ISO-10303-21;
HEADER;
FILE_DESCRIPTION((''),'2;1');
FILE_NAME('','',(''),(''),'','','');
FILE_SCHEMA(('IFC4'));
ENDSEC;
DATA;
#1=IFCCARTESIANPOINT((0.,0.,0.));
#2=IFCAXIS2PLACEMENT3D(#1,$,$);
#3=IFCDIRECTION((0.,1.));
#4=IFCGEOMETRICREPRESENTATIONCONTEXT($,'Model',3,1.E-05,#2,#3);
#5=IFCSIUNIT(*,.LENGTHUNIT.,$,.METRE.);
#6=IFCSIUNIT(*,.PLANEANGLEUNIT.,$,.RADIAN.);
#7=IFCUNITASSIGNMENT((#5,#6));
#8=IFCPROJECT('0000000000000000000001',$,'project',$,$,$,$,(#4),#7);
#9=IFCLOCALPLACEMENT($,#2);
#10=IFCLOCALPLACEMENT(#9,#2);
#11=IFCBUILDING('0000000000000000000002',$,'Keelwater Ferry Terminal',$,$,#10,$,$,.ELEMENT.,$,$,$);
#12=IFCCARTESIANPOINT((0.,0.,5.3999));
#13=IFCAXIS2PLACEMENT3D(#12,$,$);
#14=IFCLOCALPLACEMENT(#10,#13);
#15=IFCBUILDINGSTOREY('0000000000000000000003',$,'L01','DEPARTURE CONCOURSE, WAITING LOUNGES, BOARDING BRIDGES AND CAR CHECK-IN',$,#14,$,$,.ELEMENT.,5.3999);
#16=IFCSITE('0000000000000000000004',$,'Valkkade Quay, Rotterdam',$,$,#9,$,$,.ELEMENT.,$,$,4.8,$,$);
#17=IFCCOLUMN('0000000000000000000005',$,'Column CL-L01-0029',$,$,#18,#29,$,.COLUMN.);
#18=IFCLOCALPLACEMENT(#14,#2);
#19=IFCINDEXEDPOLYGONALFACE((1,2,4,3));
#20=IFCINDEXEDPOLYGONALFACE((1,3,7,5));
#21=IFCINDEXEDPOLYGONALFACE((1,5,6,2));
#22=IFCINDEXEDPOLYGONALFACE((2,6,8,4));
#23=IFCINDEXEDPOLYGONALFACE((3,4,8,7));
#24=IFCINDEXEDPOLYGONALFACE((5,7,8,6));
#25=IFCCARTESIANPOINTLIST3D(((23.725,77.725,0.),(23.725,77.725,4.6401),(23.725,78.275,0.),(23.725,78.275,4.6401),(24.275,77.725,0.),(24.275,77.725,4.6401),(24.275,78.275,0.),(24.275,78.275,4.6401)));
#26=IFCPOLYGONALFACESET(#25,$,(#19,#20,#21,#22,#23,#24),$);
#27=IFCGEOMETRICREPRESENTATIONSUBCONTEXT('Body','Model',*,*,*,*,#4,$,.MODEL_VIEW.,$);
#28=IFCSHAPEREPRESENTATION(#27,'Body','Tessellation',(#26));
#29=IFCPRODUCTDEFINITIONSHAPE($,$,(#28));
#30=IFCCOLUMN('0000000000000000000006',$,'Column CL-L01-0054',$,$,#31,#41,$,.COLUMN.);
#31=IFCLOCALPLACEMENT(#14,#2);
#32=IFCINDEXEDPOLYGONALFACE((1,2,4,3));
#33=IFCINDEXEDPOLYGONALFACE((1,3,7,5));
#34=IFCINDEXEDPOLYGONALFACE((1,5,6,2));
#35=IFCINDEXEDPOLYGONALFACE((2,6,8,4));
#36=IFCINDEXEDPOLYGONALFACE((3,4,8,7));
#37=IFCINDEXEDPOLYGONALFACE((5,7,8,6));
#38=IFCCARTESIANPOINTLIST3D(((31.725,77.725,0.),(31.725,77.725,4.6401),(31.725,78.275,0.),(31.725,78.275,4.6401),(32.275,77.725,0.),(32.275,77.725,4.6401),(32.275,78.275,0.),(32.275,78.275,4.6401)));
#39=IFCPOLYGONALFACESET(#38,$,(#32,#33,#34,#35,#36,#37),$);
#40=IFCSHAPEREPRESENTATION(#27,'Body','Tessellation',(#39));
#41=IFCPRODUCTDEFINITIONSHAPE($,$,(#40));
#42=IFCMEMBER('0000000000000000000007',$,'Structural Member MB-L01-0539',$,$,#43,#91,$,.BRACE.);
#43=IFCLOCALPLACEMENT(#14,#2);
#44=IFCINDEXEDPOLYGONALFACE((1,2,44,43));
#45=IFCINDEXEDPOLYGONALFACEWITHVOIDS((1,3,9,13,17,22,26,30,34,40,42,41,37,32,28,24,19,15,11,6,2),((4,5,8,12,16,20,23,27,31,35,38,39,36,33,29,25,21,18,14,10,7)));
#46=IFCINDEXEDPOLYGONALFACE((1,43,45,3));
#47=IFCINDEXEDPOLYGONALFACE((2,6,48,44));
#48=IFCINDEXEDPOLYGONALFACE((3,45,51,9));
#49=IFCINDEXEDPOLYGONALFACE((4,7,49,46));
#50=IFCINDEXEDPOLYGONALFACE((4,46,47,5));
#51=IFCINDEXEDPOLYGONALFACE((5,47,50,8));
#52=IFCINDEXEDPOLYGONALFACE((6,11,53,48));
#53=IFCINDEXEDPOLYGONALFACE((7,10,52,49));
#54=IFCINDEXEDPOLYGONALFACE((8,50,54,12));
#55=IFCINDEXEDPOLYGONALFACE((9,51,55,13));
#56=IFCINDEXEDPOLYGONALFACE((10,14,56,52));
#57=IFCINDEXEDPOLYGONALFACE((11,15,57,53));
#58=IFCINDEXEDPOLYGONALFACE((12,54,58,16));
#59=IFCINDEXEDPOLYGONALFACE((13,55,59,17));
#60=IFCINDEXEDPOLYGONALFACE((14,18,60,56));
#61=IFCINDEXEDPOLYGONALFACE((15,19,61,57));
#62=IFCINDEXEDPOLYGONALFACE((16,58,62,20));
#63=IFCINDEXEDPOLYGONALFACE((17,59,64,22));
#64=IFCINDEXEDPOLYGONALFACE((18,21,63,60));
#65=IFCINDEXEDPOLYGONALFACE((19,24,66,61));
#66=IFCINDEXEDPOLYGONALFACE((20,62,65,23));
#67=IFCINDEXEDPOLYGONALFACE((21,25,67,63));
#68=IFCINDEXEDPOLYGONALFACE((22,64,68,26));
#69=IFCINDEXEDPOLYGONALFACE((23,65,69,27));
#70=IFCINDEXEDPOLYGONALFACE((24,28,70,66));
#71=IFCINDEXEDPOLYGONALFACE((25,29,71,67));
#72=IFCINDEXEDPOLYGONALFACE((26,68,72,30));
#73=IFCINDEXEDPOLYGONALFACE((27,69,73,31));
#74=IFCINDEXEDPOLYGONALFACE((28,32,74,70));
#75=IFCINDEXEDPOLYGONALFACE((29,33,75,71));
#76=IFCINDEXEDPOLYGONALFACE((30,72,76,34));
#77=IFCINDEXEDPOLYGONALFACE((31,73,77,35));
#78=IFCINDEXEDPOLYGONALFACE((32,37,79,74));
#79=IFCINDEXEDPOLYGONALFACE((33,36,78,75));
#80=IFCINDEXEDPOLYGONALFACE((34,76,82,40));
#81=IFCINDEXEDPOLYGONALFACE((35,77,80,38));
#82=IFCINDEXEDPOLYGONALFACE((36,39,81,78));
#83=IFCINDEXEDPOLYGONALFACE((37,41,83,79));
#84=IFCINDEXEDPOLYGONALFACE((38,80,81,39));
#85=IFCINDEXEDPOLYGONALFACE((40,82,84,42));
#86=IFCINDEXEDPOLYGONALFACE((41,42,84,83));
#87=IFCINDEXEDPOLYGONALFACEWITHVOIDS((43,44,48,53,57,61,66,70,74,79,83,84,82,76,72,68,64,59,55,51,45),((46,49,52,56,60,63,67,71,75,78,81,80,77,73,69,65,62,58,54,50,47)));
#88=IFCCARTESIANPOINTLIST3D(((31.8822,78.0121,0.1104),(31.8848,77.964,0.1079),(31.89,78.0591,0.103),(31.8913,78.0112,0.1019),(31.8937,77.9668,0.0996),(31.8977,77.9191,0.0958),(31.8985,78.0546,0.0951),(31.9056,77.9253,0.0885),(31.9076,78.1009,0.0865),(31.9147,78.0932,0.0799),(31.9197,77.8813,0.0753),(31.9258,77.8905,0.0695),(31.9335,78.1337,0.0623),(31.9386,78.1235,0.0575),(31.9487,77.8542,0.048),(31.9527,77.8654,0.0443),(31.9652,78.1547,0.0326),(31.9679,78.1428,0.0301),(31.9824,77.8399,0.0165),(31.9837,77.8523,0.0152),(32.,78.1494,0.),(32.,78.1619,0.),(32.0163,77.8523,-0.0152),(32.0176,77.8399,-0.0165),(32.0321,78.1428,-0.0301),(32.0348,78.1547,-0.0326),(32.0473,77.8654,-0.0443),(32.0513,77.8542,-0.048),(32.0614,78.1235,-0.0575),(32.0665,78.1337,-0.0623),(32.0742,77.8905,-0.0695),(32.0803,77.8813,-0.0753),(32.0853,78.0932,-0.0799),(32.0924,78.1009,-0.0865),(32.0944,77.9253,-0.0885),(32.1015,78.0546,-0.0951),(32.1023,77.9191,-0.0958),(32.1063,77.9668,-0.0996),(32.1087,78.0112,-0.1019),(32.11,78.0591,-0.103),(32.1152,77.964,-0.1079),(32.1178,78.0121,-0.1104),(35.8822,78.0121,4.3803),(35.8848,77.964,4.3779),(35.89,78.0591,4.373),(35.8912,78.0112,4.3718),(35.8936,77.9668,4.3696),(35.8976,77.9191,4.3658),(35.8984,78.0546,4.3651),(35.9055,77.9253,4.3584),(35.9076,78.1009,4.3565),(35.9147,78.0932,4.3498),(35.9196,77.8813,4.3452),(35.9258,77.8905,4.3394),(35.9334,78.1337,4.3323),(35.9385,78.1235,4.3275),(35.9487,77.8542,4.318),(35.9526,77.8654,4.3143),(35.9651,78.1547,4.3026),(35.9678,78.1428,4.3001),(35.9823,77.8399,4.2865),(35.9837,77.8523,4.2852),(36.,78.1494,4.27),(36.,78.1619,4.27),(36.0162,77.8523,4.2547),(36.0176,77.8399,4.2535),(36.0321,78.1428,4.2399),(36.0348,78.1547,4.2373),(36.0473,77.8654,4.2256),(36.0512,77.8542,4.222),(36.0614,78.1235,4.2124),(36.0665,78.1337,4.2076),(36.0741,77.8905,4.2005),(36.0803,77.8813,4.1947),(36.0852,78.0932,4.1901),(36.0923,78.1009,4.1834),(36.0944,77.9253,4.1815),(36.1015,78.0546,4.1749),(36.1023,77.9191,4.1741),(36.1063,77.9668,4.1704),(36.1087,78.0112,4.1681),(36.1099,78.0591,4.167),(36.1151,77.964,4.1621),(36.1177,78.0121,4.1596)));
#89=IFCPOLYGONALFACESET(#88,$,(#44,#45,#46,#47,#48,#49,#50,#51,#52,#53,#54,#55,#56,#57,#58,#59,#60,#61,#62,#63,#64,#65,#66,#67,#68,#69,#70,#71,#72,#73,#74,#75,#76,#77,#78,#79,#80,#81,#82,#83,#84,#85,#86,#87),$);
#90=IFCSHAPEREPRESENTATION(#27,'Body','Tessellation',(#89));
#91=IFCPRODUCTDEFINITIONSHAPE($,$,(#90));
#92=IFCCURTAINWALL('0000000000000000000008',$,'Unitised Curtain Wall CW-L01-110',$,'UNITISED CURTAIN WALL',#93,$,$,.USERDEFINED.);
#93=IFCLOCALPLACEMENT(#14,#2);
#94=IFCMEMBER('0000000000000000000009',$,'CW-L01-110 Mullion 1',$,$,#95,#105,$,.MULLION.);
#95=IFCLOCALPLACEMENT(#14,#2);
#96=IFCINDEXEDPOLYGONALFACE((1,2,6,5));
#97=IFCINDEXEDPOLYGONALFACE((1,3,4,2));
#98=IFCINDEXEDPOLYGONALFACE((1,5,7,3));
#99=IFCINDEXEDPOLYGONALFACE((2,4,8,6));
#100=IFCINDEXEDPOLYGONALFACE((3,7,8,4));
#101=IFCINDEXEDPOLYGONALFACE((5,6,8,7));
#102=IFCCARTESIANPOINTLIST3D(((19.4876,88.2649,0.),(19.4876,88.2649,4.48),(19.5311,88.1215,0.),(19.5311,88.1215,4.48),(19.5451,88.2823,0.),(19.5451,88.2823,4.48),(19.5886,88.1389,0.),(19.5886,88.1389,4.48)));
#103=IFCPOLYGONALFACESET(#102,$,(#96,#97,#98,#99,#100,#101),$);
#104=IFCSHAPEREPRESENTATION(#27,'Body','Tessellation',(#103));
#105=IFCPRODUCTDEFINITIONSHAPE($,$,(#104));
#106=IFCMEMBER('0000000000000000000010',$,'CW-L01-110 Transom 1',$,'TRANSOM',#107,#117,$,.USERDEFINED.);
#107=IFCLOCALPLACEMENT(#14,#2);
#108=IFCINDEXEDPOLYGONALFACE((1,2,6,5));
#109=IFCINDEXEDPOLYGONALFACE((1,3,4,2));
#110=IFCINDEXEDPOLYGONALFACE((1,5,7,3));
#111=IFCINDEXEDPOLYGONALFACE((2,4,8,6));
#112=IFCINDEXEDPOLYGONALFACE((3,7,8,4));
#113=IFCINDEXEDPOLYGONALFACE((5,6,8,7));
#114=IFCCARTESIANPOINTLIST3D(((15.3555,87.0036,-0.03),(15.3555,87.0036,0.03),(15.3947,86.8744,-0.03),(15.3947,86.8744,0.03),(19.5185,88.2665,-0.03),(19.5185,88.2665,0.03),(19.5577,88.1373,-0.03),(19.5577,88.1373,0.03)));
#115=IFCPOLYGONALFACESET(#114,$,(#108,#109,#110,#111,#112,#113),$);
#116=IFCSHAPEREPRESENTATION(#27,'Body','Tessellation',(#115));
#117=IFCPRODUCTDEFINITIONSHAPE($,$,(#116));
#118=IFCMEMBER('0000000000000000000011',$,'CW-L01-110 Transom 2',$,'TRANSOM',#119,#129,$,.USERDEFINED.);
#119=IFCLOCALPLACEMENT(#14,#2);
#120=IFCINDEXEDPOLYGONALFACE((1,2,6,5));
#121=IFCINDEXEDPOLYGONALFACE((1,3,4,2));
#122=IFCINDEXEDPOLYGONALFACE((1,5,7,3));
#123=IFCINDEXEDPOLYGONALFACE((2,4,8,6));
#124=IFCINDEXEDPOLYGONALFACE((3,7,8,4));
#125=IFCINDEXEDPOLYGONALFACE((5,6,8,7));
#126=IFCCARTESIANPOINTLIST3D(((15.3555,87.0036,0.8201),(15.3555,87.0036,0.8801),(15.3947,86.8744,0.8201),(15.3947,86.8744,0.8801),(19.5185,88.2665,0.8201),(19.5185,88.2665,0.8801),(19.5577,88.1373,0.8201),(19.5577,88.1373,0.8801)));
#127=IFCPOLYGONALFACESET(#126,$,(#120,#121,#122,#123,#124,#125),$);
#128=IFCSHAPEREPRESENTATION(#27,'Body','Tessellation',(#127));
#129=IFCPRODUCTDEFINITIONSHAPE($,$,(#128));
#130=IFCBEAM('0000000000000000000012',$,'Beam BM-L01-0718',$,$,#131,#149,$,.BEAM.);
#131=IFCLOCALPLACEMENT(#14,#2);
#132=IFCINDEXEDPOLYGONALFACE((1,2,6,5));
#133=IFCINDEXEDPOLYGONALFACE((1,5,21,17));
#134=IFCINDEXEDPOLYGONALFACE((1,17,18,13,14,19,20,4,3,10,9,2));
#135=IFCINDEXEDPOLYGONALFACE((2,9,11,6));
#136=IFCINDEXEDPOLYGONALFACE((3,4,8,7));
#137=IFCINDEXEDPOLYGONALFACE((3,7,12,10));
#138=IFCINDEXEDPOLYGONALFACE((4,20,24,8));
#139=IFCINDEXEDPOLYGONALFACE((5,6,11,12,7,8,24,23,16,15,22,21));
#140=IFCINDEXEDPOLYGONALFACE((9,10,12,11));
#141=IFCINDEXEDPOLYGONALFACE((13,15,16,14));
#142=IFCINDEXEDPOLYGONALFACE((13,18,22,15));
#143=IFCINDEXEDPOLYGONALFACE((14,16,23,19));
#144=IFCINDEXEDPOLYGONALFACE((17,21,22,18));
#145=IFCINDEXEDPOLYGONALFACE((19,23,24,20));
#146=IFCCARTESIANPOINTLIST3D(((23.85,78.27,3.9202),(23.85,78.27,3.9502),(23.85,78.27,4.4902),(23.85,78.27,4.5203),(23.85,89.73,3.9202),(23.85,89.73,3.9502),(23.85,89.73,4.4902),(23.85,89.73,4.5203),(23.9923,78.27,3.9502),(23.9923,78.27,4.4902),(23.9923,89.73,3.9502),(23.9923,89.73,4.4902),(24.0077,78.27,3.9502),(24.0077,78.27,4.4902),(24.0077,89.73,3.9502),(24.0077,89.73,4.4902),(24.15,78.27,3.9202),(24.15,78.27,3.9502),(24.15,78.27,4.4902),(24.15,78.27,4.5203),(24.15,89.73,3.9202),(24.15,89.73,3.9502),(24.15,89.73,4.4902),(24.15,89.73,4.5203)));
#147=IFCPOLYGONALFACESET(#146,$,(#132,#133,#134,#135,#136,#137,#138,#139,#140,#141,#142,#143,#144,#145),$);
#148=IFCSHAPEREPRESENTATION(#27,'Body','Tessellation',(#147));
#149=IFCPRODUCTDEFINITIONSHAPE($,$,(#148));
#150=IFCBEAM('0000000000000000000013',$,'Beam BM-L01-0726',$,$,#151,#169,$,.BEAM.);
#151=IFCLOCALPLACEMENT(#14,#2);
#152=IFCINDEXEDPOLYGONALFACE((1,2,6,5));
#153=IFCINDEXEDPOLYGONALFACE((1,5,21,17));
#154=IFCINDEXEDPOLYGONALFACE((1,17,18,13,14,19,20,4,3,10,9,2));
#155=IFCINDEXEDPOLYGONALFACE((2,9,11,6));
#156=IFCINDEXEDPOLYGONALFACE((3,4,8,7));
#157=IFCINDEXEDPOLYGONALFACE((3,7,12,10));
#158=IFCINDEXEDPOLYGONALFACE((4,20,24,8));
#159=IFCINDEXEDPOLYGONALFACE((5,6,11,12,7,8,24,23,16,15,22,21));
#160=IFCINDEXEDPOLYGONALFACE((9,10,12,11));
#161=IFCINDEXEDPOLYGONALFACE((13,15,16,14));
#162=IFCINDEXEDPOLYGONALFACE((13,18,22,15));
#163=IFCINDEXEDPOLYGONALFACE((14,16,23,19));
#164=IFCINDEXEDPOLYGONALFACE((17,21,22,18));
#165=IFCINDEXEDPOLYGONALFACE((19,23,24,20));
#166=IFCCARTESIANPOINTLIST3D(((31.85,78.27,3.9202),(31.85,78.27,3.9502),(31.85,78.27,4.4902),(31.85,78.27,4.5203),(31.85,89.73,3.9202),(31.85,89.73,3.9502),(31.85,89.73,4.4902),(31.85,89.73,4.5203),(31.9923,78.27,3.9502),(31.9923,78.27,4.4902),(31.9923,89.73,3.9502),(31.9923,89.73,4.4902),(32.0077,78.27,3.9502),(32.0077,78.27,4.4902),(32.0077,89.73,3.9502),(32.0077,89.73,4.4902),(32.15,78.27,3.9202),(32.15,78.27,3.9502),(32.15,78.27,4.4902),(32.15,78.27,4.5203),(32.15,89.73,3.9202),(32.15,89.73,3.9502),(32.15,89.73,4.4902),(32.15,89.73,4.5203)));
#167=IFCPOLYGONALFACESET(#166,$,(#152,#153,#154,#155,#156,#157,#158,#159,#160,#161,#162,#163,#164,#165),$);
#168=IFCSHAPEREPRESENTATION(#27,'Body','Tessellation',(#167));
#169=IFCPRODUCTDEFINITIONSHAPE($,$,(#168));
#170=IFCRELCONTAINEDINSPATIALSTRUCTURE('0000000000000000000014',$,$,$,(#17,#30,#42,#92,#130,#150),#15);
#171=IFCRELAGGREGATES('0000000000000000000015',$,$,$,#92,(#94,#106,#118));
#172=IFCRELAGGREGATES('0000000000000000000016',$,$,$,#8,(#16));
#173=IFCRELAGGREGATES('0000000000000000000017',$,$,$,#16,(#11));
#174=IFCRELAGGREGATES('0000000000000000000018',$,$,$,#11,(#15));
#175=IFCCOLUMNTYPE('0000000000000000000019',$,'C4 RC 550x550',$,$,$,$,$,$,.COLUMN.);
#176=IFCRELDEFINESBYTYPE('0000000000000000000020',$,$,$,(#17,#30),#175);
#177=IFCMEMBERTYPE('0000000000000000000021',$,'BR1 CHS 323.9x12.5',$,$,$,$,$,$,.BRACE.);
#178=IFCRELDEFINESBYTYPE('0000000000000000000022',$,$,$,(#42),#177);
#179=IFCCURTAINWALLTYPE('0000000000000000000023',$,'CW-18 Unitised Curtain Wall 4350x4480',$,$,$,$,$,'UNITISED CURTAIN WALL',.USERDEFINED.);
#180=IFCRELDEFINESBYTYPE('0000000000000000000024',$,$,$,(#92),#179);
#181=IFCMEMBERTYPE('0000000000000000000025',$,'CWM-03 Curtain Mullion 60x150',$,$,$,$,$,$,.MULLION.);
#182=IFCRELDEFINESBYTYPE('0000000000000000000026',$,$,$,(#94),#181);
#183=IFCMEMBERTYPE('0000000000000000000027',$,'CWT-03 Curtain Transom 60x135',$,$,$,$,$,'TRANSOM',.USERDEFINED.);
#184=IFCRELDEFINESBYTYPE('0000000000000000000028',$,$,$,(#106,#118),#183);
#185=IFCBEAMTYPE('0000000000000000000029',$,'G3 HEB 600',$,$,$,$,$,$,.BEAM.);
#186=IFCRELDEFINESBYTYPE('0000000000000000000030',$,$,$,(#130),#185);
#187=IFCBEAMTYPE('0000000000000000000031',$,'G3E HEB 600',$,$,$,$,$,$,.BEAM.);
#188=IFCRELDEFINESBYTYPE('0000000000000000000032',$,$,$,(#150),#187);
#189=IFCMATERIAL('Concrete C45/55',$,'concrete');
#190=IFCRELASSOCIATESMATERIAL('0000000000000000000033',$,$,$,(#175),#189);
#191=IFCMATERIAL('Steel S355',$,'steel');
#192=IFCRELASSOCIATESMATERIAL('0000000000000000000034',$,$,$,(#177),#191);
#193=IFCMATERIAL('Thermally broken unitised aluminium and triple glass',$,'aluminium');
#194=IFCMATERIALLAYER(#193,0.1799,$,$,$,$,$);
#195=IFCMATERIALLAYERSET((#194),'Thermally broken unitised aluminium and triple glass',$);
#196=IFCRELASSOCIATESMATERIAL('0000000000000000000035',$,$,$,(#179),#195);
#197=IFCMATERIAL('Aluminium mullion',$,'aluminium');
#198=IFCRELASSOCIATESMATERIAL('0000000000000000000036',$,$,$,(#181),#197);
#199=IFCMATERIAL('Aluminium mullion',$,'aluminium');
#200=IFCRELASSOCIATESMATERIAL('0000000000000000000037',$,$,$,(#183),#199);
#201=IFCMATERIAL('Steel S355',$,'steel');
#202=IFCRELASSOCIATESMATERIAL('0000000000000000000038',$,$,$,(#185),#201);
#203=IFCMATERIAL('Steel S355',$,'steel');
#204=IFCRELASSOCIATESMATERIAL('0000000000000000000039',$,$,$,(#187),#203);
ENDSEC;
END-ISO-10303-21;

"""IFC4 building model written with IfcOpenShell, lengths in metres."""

from ifc_helpers import new_model, si_unit, direction, frame, origin, origin_2d, place, context, subcontext, project, spatial, rectangle, hollow_circle, i_section, extrude, material, layer, layer_set, material_profile, profile_set, type_object, element, aggregate, save


model = new_model("IFC4")

# Units and contexts
model_context = context("Model", 3, precision=1e-05, world=origin(), true_north=direction((0.0, 1.0)))
body_context = subcontext(model_context, "Body", "Model", "MODEL_VIEW")
ifc_project = project(units=[si_unit("LENGTHUNIT", "METRE"), si_unit("PLANEANGLEUNIT", "RADIAN")], contexts=[model_context])

# Site, building, storey
site_placement = place(None, origin())
site = spatial("IfcSite", under=ifc_project, at=site_placement, Name="Valkkade Quay, Rotterdam", CompositionType="ELEMENT", RefElevation=4.8)
building_placement = place(site_placement, origin())
building = spatial("IfcBuilding", under=site, at=building_placement, Name="Keelwater Ferry Terminal", CompositionType="ELEMENT")
storey_placement = place(building_placement, frame((0.0, 0.0, 5.3999)))
storey = spatial("IfcBuildingStorey", under=building, at=storey_placement, Name="L01", Description="DEPARTURE CONCOURSE, WAITING LOUNGES, BOARDING BRIDGES AND CAR CHECK-IN", CompositionType="ELEMENT", Elevation=5.3999)

# Columns
ifc_material_1 = material(Name="Concrete C45/55", Category="concrete")
ifc_material_profile_1 = material_profile(ifc_material_1, rectangle(XDim=0.55, YDim=0.55, at=origin_2d()), Name="RC 550x550")
ifc_profile_set_1 = profile_set([ifc_material_profile_1], Name="Concrete C45/55")
column_type = type_object("IfcColumnType", Name="C4 RC 550x550", PredefinedType="COLUMN", material=ifc_profile_set_1)
for number, where, z_axis, x_axis, name in (
    (1, (24.0, 78.0, 0.0), (0.0, 0.0, 1.0), (1.0, 0.0, 0.0), "Column CL-L01-0029"),
    (2, (32.0, 78.0, 0.0), (0.0, 0.0, 1.0), (1.0, 0.0, 0.0), "Column CL-L01-0054"),
):
    element("IfcColumn", number, at=place(storey_placement, frame(where, z_axis=z_axis, x_axis=x_axis)), inside=storey, type_object=column_type, Name=name, PredefinedType="COLUMN", context=body_context, shape_type="SweptSolid", body=[
        extrude(rectangle(XDim=0.55, YDim=0.55, at=origin_2d()), origin(), (0.0, 0.0, 1.0), 4.6401),
    ])

# Member
ifc_material_2 = material(Name="Steel S355", Category="steel")
ifc_material_profile_2 = material_profile(ifc_material_2, hollow_circle(Radius=0.1619, WallThickness=0.0125, at=origin_2d()), Name="CHS 323.9x12.5")
ifc_profile_set_2 = profile_set([ifc_material_profile_2], Name="Steel S355")
member_type_1 = type_object("IfcMemberType", Name="BR1 CHS 323.9x12.5", PredefinedType="BRACE", material=ifc_profile_set_2)
member_1_placement = place(storey_placement, frame((32.0, 78.0, 0.0), z_axis=(0.683655, 0.0, 0.729805), x_axis=(0.0, 1.0, 0.0)))
element("IfcMember", 3, at=member_1_placement, inside=storey, type_object=member_type_1, Name="Structural Member MB-L01-0539", PredefinedType="BRACE", context=body_context, shape_type="SweptSolid", body=[
    extrude(hollow_circle(Radius=0.1619, WallThickness=0.0125, at=origin_2d()), origin(), (0.0, 0.0, 1.0), 5.8508),
])

# Curtain wall, members
ifc_material_3 = material(Name="Thermally broken unitised aluminium and triple glass", Category="aluminium")
ifc_layer_1 = layer(ifc_material_3, 0.1799)
ifc_layer_set_1 = layer_set([ifc_layer_1], Name="Thermally broken unitised aluminium and triple glass")
curtain_wall_type = type_object("IfcCurtainWallType", Name="CW-18 Unitised Curtain Wall 4350x4480", ElementType="UNITISED CURTAIN WALL", PredefinedType="USERDEFINED", material=ifc_layer_set_1)
curtain_wall_placement = place(storey_placement, origin())
curtain_wall = element("IfcCurtainWall", 4, at=curtain_wall_placement, inside=storey, type_object=curtain_wall_type, Name="Unitised Curtain Wall CW-L01-110", ObjectType="UNITISED CURTAIN WALL", PredefinedType="USERDEFINED")
ifc_material_4 = material(Name="Aluminium mullion", Category="aluminium")
ifc_material_profile_3 = material_profile(ifc_material_4, rectangle(XDim=0.0601, YDim=0.1499, at=origin_2d()), Name="CWM-03")
ifc_profile_set_3 = profile_set([ifc_material_profile_3], Name="Aluminium mullion")
member_type_2 = type_object("IfcMemberType", Name="CWM-03 Curtain Mullion 60x150", PredefinedType="MULLION", material=ifc_profile_set_3)
member_2_placement = place(storey_placement, frame((19.5381, 88.2019, 0.0), z_axis=(0.0, 0.0, 1.0), x_axis=(-0.95693, -0.29032, 0.0)))
member_2 = element("IfcMember", 5, at=member_2_placement, type_object=member_type_2, Name="CW-L01-110 Mullion 1", PredefinedType="MULLION", context=body_context, shape_type="SweptSolid", body=[
    extrude(rectangle(XDim=0.0601, YDim=0.1499, at=origin_2d()), origin(), (0.0, 0.0, 1.0), 4.48),
])
ifc_material_5 = material(Name="Aluminium mullion", Category="aluminium")
ifc_material_profile_4 = material_profile(ifc_material_5, rectangle(XDim=0.135, YDim=0.0601, at=origin_2d()), Name="CWT-03")
ifc_profile_set_4 = profile_set([ifc_material_profile_4], Name="Aluminium mullion")
member_type_3 = type_object("IfcMemberType", Name="CWT-03 Curtain Transom 60x135", ElementType="TRANSOM", PredefinedType="USERDEFINED", material=ifc_profile_set_4)
member_3_placement = place(storey_placement, frame((19.5381, 88.2019, 0.0), z_axis=(-0.956935, -0.290302, 0.0), x_axis=(0.290302, -0.956935, 0.0)))
member_3 = element("IfcMember", 6, at=member_3_placement, type_object=member_type_3, Name="CW-L01-110 Transom 1", ObjectType="TRANSOM", PredefinedType="USERDEFINED", context=body_context, shape_type="SweptSolid", body=[
    extrude(rectangle(XDim=0.135, YDim=0.0601, at=origin_2d()), origin(), (0.0, 0.0, 1.0), 4.3503),
])
member_4_placement = place(storey_placement, frame((19.5381, 88.2019, 0.8501), z_axis=(-0.956935, -0.290302, 0.0), x_axis=(0.290302, -0.956935, 0.0)))
member_4 = element("IfcMember", 7, at=member_4_placement, type_object=member_type_3, Name="CW-L01-110 Transom 2", ObjectType="TRANSOM", PredefinedType="USERDEFINED", context=body_context, shape_type="SweptSolid", body=[
    extrude(rectangle(XDim=0.135, YDim=0.0601, at=origin_2d()), origin(), (0.0, 0.0, 1.0), 4.3503),
])

# Beams
ifc_material_6 = material(Name="Steel S355", Category="steel")
ifc_material_profile_5 = material_profile(ifc_material_6, i_section(OverallWidth=0.3, OverallDepth=0.6001, WebThickness=0.0154, FlangeThickness=0.03, at=origin_2d()), Name="HEB 600")
ifc_profile_set_5 = profile_set([ifc_material_profile_5], Name="Steel S355")
beam_type_1 = type_object("IfcBeamType", Name="G3 HEB 600", PredefinedType="BEAM", material=ifc_profile_set_5)
beam_1_placement = place(storey_placement, frame((24.0, 78.27, 4.2202), z_axis=(0.0, 1.0, 0.0), x_axis=(-1.0, 0.0, 0.0)))
element("IfcBeam", 8, at=beam_1_placement, inside=storey, type_object=beam_type_1, Name="Beam BM-L01-0718", PredefinedType="BEAM", context=body_context, shape_type="SweptSolid", body=[
    extrude(i_section(OverallWidth=0.3, OverallDepth=0.6001, WebThickness=0.0154, FlangeThickness=0.03, at=origin_2d()), origin(), (0.0, 0.0, 1.0), 11.46),
])
ifc_material_7 = material(Name="Steel S355", Category="steel")
ifc_material_profile_6 = material_profile(ifc_material_7, i_section(OverallWidth=0.3, OverallDepth=0.6001, WebThickness=0.0154, FlangeThickness=0.03, at=origin_2d()), Name="HEB 600")
ifc_profile_set_6 = profile_set([ifc_material_profile_6], Name="Steel S355")
beam_type_2 = type_object("IfcBeamType", Name="G3E HEB 600", PredefinedType="BEAM", material=ifc_profile_set_6)
beam_2_placement = place(storey_placement, frame((32.0, 78.27, 4.2202), z_axis=(0.0, 1.0, 0.0), x_axis=(-1.0, 0.0, 0.0)))
element("IfcBeam", 9, at=beam_2_placement, inside=storey, type_object=beam_type_2, Name="Beam BM-L01-0726", PredefinedType="BEAM", context=body_context, shape_type="SweptSolid", body=[
    extrude(i_section(OverallWidth=0.3, OverallDepth=0.6001, WebThickness=0.0154, FlangeThickness=0.03, at=origin_2d()), origin(), (0.0, 0.0, 1.0), 11.46),
])

aggregate(curtain_wall, [member_2, member_3, member_4])

save(model, "model.ifc")
